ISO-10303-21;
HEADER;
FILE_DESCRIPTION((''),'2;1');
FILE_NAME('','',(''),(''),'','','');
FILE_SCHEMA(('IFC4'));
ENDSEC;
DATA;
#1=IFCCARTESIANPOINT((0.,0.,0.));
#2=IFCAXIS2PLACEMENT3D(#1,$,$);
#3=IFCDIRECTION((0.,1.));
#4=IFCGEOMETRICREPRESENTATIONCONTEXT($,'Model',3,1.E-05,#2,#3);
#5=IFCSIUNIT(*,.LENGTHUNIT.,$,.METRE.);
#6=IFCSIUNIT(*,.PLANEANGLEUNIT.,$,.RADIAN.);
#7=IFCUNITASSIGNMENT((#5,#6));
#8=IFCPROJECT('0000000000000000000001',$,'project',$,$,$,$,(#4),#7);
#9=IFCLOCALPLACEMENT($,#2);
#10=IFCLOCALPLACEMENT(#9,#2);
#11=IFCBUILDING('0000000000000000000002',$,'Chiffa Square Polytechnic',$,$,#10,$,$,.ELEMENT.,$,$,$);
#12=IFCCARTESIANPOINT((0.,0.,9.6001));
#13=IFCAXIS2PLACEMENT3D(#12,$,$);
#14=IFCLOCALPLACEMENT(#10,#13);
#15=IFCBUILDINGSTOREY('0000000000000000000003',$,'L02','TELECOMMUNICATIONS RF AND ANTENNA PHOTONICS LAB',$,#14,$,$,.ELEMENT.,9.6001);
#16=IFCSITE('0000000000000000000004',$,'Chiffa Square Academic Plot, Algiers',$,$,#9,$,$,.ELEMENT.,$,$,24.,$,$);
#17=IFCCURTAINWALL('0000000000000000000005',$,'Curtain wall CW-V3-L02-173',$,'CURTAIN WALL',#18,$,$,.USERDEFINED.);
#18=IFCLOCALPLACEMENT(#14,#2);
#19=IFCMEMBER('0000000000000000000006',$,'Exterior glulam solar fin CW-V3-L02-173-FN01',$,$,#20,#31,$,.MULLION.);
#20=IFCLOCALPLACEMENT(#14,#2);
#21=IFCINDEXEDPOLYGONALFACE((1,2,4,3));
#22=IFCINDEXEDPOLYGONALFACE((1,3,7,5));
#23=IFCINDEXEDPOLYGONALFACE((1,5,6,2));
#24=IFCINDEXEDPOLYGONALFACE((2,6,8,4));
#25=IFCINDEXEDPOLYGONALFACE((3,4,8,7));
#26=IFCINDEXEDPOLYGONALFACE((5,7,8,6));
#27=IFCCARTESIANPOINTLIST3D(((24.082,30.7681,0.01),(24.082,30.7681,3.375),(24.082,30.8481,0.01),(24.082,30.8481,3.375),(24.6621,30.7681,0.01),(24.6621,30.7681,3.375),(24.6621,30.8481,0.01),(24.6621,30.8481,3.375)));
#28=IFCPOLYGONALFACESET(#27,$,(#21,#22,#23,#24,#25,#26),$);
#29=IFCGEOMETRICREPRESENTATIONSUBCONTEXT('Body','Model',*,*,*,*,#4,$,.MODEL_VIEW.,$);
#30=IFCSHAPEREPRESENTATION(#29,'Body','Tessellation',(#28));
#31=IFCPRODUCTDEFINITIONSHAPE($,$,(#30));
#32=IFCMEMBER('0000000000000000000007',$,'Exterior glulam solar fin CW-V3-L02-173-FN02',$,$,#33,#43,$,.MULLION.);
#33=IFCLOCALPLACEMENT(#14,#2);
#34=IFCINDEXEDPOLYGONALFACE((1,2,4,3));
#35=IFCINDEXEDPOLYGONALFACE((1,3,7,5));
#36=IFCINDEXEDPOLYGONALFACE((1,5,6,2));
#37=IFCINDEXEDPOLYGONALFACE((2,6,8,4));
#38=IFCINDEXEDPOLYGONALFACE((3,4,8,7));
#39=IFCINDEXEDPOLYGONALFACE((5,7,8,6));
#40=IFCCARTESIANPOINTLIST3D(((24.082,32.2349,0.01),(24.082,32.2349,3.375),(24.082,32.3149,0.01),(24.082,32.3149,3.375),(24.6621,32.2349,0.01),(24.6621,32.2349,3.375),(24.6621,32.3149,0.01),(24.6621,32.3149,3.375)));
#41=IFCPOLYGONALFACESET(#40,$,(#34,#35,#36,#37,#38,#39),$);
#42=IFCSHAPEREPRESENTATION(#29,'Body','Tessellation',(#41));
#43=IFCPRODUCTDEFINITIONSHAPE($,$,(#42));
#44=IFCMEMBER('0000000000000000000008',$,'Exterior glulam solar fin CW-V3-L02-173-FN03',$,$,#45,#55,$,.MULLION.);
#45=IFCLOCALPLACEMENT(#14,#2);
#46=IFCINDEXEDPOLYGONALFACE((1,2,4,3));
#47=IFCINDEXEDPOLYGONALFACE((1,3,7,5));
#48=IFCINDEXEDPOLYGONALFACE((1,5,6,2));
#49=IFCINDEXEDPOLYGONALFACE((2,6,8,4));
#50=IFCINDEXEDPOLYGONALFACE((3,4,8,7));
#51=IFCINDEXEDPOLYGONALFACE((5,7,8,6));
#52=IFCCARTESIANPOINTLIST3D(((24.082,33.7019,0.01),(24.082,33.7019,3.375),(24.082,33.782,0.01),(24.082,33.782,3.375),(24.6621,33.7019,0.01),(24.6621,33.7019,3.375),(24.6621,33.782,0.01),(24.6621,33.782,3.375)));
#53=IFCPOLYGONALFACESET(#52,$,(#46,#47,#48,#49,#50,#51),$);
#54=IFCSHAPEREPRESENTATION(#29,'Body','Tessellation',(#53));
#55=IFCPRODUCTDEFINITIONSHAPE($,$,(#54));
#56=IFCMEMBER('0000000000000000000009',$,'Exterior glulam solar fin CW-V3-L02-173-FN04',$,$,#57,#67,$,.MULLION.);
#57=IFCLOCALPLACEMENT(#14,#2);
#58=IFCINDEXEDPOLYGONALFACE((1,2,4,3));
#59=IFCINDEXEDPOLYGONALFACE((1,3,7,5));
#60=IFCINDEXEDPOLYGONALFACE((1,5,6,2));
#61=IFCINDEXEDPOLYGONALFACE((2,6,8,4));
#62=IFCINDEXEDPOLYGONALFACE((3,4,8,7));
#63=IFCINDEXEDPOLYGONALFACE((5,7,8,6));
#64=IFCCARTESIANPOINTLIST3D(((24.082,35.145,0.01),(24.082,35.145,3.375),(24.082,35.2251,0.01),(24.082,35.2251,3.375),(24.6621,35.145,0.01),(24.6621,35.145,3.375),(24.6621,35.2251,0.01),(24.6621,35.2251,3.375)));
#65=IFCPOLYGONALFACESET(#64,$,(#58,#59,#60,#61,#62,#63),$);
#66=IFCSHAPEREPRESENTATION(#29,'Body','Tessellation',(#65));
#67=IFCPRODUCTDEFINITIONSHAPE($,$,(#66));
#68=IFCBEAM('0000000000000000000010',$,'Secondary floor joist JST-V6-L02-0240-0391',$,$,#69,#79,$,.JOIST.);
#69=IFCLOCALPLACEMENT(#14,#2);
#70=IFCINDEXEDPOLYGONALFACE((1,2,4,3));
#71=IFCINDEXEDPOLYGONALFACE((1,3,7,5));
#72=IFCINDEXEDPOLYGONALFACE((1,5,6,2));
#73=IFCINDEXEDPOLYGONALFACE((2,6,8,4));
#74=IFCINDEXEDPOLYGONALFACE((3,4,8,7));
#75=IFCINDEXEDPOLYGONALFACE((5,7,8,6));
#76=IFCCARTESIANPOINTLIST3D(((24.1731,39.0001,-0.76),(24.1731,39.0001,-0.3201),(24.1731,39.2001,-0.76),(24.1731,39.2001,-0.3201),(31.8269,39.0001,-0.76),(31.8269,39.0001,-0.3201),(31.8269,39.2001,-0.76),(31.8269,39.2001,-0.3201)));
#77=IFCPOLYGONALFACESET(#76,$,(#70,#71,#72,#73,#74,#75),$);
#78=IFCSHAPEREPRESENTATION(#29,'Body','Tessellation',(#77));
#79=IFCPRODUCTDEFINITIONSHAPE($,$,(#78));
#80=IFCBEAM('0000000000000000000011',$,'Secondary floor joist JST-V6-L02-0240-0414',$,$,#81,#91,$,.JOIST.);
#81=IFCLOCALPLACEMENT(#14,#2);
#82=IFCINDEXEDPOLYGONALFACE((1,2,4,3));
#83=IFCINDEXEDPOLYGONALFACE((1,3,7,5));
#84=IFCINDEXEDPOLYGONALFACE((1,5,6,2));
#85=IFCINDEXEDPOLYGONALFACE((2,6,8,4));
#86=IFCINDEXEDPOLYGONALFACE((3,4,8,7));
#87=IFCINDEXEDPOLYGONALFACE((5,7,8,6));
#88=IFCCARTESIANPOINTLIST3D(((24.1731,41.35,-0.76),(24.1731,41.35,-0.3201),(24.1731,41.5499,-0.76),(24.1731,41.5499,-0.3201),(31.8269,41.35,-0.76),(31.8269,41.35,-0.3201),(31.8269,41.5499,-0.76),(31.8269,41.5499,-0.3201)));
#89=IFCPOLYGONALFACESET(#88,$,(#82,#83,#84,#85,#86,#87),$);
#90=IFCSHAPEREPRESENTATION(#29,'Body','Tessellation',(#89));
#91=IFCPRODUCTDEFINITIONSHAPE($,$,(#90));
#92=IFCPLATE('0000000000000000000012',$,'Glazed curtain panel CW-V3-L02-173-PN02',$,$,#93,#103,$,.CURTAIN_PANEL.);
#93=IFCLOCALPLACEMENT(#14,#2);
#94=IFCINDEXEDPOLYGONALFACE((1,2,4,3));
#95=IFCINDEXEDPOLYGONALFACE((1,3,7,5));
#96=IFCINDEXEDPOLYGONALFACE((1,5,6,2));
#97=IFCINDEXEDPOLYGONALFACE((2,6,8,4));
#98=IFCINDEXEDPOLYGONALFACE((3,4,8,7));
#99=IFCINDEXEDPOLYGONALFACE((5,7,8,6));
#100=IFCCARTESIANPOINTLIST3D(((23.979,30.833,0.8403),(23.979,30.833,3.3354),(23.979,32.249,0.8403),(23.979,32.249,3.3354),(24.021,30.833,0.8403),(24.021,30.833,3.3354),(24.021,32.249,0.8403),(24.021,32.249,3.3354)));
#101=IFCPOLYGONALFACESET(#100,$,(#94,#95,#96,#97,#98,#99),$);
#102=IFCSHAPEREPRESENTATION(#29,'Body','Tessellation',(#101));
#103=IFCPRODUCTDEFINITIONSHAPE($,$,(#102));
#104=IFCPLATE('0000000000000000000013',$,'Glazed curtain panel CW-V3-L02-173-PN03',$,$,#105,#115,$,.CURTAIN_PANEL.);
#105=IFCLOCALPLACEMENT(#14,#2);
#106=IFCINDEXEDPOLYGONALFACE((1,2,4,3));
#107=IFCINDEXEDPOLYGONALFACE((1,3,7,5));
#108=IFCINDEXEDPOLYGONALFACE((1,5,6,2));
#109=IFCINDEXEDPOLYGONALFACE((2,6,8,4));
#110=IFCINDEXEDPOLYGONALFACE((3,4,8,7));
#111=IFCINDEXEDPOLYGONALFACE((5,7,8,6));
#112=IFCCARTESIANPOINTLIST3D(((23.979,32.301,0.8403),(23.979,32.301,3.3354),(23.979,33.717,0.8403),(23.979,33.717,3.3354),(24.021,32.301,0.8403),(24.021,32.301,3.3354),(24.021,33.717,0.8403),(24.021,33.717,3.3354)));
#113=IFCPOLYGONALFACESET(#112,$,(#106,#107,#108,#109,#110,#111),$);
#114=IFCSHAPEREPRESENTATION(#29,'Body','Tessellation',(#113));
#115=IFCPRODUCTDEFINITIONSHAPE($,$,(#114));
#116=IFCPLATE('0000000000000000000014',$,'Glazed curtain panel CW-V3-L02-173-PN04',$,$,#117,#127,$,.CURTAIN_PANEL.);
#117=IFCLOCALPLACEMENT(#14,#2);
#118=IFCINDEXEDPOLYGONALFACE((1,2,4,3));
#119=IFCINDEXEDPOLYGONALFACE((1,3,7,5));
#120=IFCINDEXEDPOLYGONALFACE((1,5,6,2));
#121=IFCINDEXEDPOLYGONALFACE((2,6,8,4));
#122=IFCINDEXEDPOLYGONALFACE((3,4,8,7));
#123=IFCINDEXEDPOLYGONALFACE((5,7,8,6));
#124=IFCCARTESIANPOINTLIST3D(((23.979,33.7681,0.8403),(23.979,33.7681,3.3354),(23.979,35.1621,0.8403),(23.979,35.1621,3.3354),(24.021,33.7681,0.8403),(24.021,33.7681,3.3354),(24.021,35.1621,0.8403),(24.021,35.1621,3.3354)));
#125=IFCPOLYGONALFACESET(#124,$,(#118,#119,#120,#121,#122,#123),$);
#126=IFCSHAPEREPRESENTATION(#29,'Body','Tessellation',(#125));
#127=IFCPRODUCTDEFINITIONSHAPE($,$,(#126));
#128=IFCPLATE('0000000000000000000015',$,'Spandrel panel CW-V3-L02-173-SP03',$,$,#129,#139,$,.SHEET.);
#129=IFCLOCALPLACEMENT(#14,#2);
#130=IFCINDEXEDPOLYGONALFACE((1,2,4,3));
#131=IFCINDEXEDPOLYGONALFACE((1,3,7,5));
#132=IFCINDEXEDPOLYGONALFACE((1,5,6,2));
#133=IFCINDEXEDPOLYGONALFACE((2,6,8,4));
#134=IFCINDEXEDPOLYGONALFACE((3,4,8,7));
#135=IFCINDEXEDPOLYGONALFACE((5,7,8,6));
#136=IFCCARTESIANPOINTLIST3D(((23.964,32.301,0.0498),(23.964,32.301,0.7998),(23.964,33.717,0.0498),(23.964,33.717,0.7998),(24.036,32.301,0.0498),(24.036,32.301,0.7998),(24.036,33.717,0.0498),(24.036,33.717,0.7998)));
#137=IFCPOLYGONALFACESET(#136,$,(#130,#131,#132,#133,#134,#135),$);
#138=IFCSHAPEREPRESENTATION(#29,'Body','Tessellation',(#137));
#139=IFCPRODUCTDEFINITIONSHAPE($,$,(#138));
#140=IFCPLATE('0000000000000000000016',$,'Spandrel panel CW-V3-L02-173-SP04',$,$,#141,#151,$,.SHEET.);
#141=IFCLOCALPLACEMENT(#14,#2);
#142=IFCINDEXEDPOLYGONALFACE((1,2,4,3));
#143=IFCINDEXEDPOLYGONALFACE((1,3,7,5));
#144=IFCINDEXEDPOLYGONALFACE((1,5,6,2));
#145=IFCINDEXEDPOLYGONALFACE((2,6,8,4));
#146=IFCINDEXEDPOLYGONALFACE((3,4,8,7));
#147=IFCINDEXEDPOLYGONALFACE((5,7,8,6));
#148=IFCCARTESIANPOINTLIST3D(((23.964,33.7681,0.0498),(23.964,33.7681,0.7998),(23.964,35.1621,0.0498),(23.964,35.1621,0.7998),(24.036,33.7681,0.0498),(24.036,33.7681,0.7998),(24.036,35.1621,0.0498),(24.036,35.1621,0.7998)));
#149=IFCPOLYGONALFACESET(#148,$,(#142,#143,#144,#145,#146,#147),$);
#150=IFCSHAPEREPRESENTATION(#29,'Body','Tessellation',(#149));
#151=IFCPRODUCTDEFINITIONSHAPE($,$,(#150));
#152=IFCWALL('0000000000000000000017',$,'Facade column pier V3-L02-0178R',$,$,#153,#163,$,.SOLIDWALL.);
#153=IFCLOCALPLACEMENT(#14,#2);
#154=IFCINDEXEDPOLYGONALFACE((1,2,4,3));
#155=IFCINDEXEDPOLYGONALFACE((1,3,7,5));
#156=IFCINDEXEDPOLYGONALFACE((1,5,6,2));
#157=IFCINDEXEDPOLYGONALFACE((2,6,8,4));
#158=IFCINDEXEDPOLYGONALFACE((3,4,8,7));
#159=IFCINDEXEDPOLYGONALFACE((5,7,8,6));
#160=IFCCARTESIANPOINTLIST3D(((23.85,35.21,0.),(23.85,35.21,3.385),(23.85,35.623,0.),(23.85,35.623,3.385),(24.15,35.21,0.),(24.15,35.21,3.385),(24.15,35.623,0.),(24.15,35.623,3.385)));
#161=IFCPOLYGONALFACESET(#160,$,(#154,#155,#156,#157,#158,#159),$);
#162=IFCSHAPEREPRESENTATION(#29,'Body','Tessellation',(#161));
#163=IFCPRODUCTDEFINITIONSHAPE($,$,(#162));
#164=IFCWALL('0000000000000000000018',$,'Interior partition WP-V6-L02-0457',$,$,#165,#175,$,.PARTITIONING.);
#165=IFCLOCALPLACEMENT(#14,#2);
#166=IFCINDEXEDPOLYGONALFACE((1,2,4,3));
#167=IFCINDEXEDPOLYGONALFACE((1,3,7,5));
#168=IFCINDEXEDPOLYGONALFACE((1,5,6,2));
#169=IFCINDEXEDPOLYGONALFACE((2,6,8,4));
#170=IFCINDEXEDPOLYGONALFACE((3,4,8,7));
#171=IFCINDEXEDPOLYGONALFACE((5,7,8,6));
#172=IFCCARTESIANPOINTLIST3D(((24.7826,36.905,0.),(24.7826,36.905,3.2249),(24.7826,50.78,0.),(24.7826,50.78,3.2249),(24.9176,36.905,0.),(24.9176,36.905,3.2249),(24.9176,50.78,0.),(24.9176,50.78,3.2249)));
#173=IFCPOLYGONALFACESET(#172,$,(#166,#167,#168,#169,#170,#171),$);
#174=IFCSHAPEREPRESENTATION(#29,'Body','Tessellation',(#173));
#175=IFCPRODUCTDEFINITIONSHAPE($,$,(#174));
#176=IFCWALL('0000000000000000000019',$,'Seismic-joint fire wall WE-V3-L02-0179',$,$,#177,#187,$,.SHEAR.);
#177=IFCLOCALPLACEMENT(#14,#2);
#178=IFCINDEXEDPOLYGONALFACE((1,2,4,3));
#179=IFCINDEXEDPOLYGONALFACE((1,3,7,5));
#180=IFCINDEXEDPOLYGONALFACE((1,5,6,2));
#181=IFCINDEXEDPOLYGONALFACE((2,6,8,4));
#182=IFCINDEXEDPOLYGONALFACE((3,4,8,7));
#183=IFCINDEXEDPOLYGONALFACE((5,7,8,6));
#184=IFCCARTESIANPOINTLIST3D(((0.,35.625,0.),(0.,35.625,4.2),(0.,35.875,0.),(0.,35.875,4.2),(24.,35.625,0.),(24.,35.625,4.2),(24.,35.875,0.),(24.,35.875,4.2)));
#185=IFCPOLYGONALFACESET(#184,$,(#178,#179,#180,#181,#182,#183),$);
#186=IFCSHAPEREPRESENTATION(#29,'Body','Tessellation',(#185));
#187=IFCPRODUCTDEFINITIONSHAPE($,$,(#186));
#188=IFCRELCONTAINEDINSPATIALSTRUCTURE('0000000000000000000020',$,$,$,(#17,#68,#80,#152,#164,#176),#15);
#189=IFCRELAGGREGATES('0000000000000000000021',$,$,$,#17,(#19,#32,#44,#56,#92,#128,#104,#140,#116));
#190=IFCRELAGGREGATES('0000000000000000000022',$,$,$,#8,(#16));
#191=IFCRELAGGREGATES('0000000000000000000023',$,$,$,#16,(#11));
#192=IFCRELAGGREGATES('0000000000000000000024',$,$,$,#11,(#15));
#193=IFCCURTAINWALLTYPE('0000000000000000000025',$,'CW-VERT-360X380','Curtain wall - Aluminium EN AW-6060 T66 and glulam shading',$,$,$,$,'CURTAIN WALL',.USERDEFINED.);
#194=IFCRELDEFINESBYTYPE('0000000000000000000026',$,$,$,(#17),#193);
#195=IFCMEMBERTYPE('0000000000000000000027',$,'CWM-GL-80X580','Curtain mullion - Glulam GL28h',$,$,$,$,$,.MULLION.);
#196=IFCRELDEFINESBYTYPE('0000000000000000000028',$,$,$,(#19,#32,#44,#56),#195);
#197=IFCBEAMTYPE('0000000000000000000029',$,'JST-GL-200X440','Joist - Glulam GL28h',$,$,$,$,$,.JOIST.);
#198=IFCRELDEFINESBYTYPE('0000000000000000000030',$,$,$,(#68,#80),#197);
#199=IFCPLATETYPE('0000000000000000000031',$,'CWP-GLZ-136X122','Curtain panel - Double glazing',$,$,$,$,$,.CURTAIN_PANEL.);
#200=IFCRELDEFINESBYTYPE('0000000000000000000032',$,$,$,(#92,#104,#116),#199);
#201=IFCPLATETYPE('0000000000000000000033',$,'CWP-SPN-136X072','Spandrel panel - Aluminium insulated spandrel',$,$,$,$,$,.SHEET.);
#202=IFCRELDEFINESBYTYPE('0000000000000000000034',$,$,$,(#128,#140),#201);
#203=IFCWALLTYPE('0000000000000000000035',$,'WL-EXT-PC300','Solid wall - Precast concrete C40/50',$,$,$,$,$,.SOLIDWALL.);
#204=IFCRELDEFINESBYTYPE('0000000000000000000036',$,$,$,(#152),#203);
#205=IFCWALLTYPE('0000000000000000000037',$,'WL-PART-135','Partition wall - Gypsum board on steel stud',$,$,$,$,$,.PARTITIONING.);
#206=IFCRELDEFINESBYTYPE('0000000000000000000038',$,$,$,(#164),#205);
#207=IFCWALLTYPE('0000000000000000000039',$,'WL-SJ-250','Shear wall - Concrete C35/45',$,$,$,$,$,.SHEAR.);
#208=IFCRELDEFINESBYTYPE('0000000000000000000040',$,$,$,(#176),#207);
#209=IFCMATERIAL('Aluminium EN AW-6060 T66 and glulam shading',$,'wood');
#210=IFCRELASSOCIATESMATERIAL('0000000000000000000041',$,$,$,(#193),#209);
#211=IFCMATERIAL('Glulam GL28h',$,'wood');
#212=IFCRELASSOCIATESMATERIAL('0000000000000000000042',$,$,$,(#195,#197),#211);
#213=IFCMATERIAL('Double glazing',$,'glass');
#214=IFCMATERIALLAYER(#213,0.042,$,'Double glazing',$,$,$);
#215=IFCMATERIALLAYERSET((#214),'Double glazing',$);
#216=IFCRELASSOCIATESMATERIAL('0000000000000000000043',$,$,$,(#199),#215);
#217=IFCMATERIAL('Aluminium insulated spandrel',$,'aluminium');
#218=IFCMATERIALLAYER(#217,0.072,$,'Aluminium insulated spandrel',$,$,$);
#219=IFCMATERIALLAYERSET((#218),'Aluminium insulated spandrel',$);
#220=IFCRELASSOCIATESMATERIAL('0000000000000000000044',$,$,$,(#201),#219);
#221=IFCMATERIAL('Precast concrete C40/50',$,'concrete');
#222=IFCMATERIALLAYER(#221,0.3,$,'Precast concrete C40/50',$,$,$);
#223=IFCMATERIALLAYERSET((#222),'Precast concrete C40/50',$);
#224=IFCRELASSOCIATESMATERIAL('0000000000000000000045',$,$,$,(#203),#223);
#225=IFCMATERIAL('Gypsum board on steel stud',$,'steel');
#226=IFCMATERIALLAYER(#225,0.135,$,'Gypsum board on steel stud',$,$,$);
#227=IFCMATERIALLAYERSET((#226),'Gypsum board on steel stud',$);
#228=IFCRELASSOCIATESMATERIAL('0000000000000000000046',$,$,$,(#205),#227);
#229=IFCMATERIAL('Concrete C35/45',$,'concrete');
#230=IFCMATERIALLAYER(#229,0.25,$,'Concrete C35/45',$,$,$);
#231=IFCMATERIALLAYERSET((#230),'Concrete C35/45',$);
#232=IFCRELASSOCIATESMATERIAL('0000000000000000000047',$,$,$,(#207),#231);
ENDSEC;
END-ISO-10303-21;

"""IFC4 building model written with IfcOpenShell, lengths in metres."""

from ifc_helpers import new_model, si_unit, direction, frame, frame_2d, origin, origin_2d, place, context, subcontext, project, spatial, rectangle, extrude, material, layer, layer_set, material_profile, profile_set, type_object, element, aggregate, save


model = new_model("IFC4")

# Units and contexts
model_context = context("Model", 3, precision=1e-05, world=origin(), true_north=direction((0.0, 1.0)))
body_context = subcontext(model_context, "Body", "Model", "MODEL_VIEW")
ifc_project = project(units=[si_unit("LENGTHUNIT", "METRE"), si_unit("PLANEANGLEUNIT", "RADIAN")], contexts=[model_context])

# Site, building, storey
site_placement = place(None, origin())
site = spatial("IfcSite", under=ifc_project, at=site_placement, Name="Chiffa Square Academic Plot, Algiers", CompositionType="ELEMENT", RefElevation=24.0)
building_placement = place(site_placement, origin())
building = spatial("IfcBuilding", under=site, at=building_placement, Name="Chiffa Square Polytechnic", CompositionType="ELEMENT")
storey_placement = place(building_placement, frame((0.0, 0.0, 9.6001)))
storey = spatial("IfcBuildingStorey", under=building, at=storey_placement, Name="L02", Description="TELECOMMUNICATIONS RF AND ANTENNA PHOTONICS LAB", CompositionType="ELEMENT", Elevation=9.6001)

# Shared definitions
ifc_material_1 = material(Name="Concrete C35/45", Category="concrete")

# Curtain wall, members
ifc_material_2 = material(Name="Aluminium EN AW-6060 T66 and glulam shading", Category="wood")
curtain_wall_type = type_object("IfcCurtainWallType", Name="CW-VERT-360X380", Description="Curtain wall - Aluminium EN AW-6060 T66 and glulam shading", ElementType="CURTAIN WALL", PredefinedType="USERDEFINED", material=ifc_material_2)
curtain_wall_placement = place(storey_placement, origin())
curtain_wall = element("IfcCurtainWall", 1, at=curtain_wall_placement, inside=storey, type_object=curtain_wall_type, Name="Curtain wall CW-V3-L02-173", ObjectType="CURTAIN WALL", PredefinedType="USERDEFINED")
ifc_material_3 = material(Name="Glulam GL28h", Category="wood")
ifc_material_profile_1 = material_profile(ifc_material_3, rectangle(XDim=0.0801, YDim=0.5801, at=origin_2d()), Name="GL28h 80x580")
ifc_profile_set_1 = profile_set([ifc_material_profile_1], Name="Glulam GL28h")
member_type_1 = type_object("IfcMemberType", Name="CWM-GL-80X580", Description="Curtain mullion - Glulam GL28h", PredefinedType="MULLION", material=ifc_profile_set_1)
member_1_placement = place(storey_placement, frame((24.3721, 30.8081, 0.01), z_axis=(0.0, 0.0, 1.0), x_axis=(0.0, 1.0, 0.0)))
member_1 = element("IfcMember", 2, at=member_1_placement, type_object=member_type_1, Name="Exterior glulam solar fin CW-V3-L02-173-FN01", PredefinedType="MULLION", context=body_context, shape_type="SweptSolid", body=[
    extrude(rectangle(XDim=0.0801, YDim=0.5801, at=origin_2d()), origin(), (0.0, 0.0, 1.0), 3.365),
])
member_2_placement = place(storey_placement, frame((24.3721, 32.2749, 0.01), z_axis=(0.0, 0.0, 1.0), x_axis=(0.0, 1.0, 0.0)))
member_2 = element("IfcMember", 3, at=member_2_placement, type_object=member_type_1, Name="Exterior glulam solar fin CW-V3-L02-173-FN02", PredefinedType="MULLION", context=body_context, shape_type="SweptSolid", body=[
    extrude(rectangle(XDim=0.0801, YDim=0.5801, at=origin_2d()), origin(), (0.0, 0.0, 1.0), 3.365),
])
member_3_placement = place(storey_placement, frame((24.3721, 33.7419, 0.01), z_axis=(0.0, 0.0, 1.0), x_axis=(0.0, 1.0, 0.0)))
member_3 = element("IfcMember", 4, at=member_3_placement, type_object=member_type_1, Name="Exterior glulam solar fin CW-V3-L02-173-FN03", PredefinedType="MULLION", context=body_context, shape_type="SweptSolid", body=[
    extrude(rectangle(XDim=0.0801, YDim=0.5801, at=origin_2d()), origin(), (0.0, 0.0, 1.0), 3.365),
])
member_4_placement = place(storey_placement, frame((24.3721, 35.1851, 0.01), z_axis=(0.0, 0.0, 1.0), x_axis=(0.0, 1.0, 0.0)))
member_4 = element("IfcMember", 5, at=member_4_placement, type_object=member_type_1, Name="Exterior glulam solar fin CW-V3-L02-173-FN04", PredefinedType="MULLION", context=body_context, shape_type="SweptSolid", body=[
    extrude(rectangle(XDim=0.0801, YDim=0.5801, at=origin_2d()), origin(), (0.0, 0.0, 1.0), 3.365),
])

# Beams
ifc_material_profile_2 = material_profile(ifc_material_3, rectangle(XDim=0.2, YDim=0.4399, at=origin_2d()), Name="GL28h 200x440")
ifc_profile_set_2 = profile_set([ifc_material_profile_2], Name="Glulam GL28h")
beam_type_1 = type_object("IfcBeamType", Name="JST-GL-200X440", Description="Joist - Glulam GL28h", PredefinedType="JOIST", material=ifc_profile_set_2)
for number, where, z_axis, x_axis, name in (
    (6, (24.1731, 39.1001, -0.54), (1.0, 0.0, 0.0), (0.0, 1.0, 0.0), "Secondary floor joist JST-V6-L02-0240-0391"),
    (7, (24.1731, 41.45, -0.54), (1.0, 0.0, 0.0), (0.0, 1.0, 0.0), "Secondary floor joist JST-V6-L02-0240-0414"),
):
    element("IfcBeam", number, at=place(storey_placement, frame(where, z_axis=z_axis, x_axis=x_axis)), inside=storey, type_object=beam_type_1, Name=name, PredefinedType="JOIST", context=body_context, shape_type="SweptSolid", body=[
        extrude(rectangle(XDim=0.2, YDim=0.4399, at=origin_2d()), origin(), (0.0, 0.0, 1.0), 7.6538),
    ])

# Plates
ifc_material_4 = material(Name="Double glazing", Category="glass")
ifc_layer_1 = layer(ifc_material_4, 0.042, Name="Double glazing")
ifc_layer_set_1 = layer_set([ifc_layer_1], Name="Double glazing")
plate_type_1 = type_object("IfcPlateType", Name="CWP-GLZ-136X122", Description="Curtain panel - Double glazing", PredefinedType="CURTAIN_PANEL", material=ifc_layer_set_1)
plate_1_placement = place(storey_placement, frame((24.0, 31.541, 0.8403), z_axis=(0.0, 0.0, 1.0), x_axis=(0.0, 1.0, 0.0)))
plate_1 = element("IfcPlate", 8, at=plate_1_placement, type_object=plate_type_1, Name="Glazed curtain panel CW-V3-L02-173-PN02", PredefinedType="CURTAIN_PANEL", context=body_context, shape_type="SweptSolid", body=[
    extrude(rectangle(XDim=1.416, YDim=0.042, at=origin_2d()), origin(), (0.0, 0.0, 1.0), 2.4951),
])
plate_2_placement = place(storey_placement, frame((24.0, 33.009, 0.8403), z_axis=(0.0, 0.0, 1.0), x_axis=(0.0, 1.0, 0.0)))
plate_2 = element("IfcPlate", 9, at=plate_2_placement, type_object=plate_type_1, Name="Glazed curtain panel CW-V3-L02-173-PN03", PredefinedType="CURTAIN_PANEL", context=body_context, shape_type="SweptSolid", body=[
    extrude(rectangle(XDim=1.416, YDim=0.042, at=origin_2d()), origin(), (0.0, 0.0, 1.0), 2.4951),
])
plate_3_placement = place(storey_placement, frame((24.0, 34.4651, 0.8403), z_axis=(0.0, 0.0, 1.0), x_axis=(0.0, 1.0, 0.0)))
plate_3 = element("IfcPlate", 10, at=plate_3_placement, type_object=plate_type_1, Name="Glazed curtain panel CW-V3-L02-173-PN04", PredefinedType="CURTAIN_PANEL", context=body_context, shape_type="SweptSolid", body=[
    extrude(rectangle(XDim=1.394, YDim=0.042, at=origin_2d()), origin(), (0.0, 0.0, 1.0), 2.4951),
])
ifc_material_5 = material(Name="Aluminium insulated spandrel", Category="aluminium")
ifc_layer_2 = layer(ifc_material_5, 0.072, Name="Aluminium insulated spandrel")
ifc_layer_set_2 = layer_set([ifc_layer_2], Name="Aluminium insulated spandrel")
plate_type_2 = type_object("IfcPlateType", Name="CWP-SPN-136X072", Description="Spandrel panel - Aluminium insulated spandrel", PredefinedType="SHEET", material=ifc_layer_set_2)
plate_4_placement = place(storey_placement, frame((24.0, 33.009, 0.0498), z_axis=(0.0, 0.0, 1.0), x_axis=(0.0, 1.0, 0.0)))
plate_4 = element("IfcPlate", 11, at=plate_4_placement, type_object=plate_type_2, Name="Spandrel panel CW-V3-L02-173-SP03", PredefinedType="SHEET", context=body_context, shape_type="SweptSolid", body=[
    extrude(rectangle(XDim=1.416, YDim=0.072, at=origin_2d()), origin(), (0.0, 0.0, 1.0), 0.75),
])
plate_5_placement = place(storey_placement, frame((24.0, 34.4651, 0.0498), z_axis=(0.0, 0.0, 1.0), x_axis=(0.0, 1.0, 0.0)))
plate_5 = element("IfcPlate", 12, at=plate_5_placement, type_object=plate_type_2, Name="Spandrel panel CW-V3-L02-173-SP04", PredefinedType="SHEET", context=body_context, shape_type="SweptSolid", body=[
    extrude(rectangle(XDim=1.394, YDim=0.072, at=origin_2d()), origin(), (0.0, 0.0, 1.0), 0.75),
])
aggregate(curtain_wall, [member_1, member_2, member_3, member_4, plate_1, plate_4, plate_2, plate_5, plate_3])

# Walls
ifc_material_6 = material(Name="Precast concrete C40/50", Category="concrete")
ifc_layer_3 = layer(ifc_material_6, 0.3, Name="Precast concrete C40/50")
ifc_layer_set_3 = layer_set([ifc_layer_3], Name="Precast concrete C40/50")
wall_type_1 = type_object("IfcWallType", Name="WL-EXT-PC300", Description="Solid wall - Precast concrete C40/50", PredefinedType="SOLIDWALL", material=ifc_layer_set_3)
wall_1_placement = place(storey_placement, frame((24.0, 35.21, 0.0), z_axis=(0.0, 0.0, 1.0), x_axis=(0.0, 1.0, 0.0)))
element("IfcWall", 13, at=wall_1_placement, inside=storey, type_object=wall_type_1, Name="Facade column pier V3-L02-0178R", PredefinedType="SOLIDWALL", context=body_context, shape_type="SweptSolid", body=[
    extrude(rectangle(XDim=0.4131, YDim=0.3, at=frame_2d((0.2065, 0.0))), origin(), (0.0, 0.0, 1.0), 3.385),
])
ifc_material_7 = material(Name="Gypsum board on steel stud", Category="steel")
ifc_layer_4 = layer(ifc_material_7, 0.135, Name="Gypsum board on steel stud")
ifc_layer_set_4 = layer_set([ifc_layer_4], Name="Gypsum board on steel stud")
wall_type_2 = type_object("IfcWallType", Name="WL-PART-135", Description="Partition wall - Gypsum board on steel stud", PredefinedType="PARTITIONING", material=ifc_layer_set_4)
wall_2_placement = place(storey_placement, frame((24.8501, 36.905, 0.0), z_axis=(0.0, 0.0, 1.0), x_axis=(0.0, 1.0, 0.0)))
element("IfcWall", 14, at=wall_2_placement, inside=storey, type_object=wall_type_2, Name="Interior partition WP-V6-L02-0457", PredefinedType="PARTITIONING", context=body_context, shape_type="SweptSolid", body=[
    extrude(rectangle(XDim=13.875, YDim=0.135, at=frame_2d((6.9375, 0.0))), origin(), (0.0, 0.0, 1.0), 3.2249),
])
ifc_layer_5 = layer(ifc_material_1, 0.25, Name="Concrete C35/45")
ifc_layer_set_5 = layer_set([ifc_layer_5], Name="Concrete C35/45")
wall_type_3 = type_object("IfcWallType", Name="WL-SJ-250", Description="Shear wall - Concrete C35/45", PredefinedType="SHEAR", material=ifc_layer_set_5)
wall_3_placement = place(storey_placement, frame((24.0, 35.75, 0.0), z_axis=(0.0, 0.0, 1.0), x_axis=(-1.0, 0.0, 0.0)))
element("IfcWall", 15, at=wall_3_placement, inside=storey, type_object=wall_type_3, Name="Seismic-joint fire wall WE-V3-L02-0179", PredefinedType="SHEAR", context=body_context, shape_type="SweptSolid", body=[
    extrude(rectangle(XDim=24.0, YDim=0.25, at=frame_2d((12.0, 0.0))), origin(), (0.0, 0.0, 1.0), 4.2),
])

save(model, "model.ifc")
